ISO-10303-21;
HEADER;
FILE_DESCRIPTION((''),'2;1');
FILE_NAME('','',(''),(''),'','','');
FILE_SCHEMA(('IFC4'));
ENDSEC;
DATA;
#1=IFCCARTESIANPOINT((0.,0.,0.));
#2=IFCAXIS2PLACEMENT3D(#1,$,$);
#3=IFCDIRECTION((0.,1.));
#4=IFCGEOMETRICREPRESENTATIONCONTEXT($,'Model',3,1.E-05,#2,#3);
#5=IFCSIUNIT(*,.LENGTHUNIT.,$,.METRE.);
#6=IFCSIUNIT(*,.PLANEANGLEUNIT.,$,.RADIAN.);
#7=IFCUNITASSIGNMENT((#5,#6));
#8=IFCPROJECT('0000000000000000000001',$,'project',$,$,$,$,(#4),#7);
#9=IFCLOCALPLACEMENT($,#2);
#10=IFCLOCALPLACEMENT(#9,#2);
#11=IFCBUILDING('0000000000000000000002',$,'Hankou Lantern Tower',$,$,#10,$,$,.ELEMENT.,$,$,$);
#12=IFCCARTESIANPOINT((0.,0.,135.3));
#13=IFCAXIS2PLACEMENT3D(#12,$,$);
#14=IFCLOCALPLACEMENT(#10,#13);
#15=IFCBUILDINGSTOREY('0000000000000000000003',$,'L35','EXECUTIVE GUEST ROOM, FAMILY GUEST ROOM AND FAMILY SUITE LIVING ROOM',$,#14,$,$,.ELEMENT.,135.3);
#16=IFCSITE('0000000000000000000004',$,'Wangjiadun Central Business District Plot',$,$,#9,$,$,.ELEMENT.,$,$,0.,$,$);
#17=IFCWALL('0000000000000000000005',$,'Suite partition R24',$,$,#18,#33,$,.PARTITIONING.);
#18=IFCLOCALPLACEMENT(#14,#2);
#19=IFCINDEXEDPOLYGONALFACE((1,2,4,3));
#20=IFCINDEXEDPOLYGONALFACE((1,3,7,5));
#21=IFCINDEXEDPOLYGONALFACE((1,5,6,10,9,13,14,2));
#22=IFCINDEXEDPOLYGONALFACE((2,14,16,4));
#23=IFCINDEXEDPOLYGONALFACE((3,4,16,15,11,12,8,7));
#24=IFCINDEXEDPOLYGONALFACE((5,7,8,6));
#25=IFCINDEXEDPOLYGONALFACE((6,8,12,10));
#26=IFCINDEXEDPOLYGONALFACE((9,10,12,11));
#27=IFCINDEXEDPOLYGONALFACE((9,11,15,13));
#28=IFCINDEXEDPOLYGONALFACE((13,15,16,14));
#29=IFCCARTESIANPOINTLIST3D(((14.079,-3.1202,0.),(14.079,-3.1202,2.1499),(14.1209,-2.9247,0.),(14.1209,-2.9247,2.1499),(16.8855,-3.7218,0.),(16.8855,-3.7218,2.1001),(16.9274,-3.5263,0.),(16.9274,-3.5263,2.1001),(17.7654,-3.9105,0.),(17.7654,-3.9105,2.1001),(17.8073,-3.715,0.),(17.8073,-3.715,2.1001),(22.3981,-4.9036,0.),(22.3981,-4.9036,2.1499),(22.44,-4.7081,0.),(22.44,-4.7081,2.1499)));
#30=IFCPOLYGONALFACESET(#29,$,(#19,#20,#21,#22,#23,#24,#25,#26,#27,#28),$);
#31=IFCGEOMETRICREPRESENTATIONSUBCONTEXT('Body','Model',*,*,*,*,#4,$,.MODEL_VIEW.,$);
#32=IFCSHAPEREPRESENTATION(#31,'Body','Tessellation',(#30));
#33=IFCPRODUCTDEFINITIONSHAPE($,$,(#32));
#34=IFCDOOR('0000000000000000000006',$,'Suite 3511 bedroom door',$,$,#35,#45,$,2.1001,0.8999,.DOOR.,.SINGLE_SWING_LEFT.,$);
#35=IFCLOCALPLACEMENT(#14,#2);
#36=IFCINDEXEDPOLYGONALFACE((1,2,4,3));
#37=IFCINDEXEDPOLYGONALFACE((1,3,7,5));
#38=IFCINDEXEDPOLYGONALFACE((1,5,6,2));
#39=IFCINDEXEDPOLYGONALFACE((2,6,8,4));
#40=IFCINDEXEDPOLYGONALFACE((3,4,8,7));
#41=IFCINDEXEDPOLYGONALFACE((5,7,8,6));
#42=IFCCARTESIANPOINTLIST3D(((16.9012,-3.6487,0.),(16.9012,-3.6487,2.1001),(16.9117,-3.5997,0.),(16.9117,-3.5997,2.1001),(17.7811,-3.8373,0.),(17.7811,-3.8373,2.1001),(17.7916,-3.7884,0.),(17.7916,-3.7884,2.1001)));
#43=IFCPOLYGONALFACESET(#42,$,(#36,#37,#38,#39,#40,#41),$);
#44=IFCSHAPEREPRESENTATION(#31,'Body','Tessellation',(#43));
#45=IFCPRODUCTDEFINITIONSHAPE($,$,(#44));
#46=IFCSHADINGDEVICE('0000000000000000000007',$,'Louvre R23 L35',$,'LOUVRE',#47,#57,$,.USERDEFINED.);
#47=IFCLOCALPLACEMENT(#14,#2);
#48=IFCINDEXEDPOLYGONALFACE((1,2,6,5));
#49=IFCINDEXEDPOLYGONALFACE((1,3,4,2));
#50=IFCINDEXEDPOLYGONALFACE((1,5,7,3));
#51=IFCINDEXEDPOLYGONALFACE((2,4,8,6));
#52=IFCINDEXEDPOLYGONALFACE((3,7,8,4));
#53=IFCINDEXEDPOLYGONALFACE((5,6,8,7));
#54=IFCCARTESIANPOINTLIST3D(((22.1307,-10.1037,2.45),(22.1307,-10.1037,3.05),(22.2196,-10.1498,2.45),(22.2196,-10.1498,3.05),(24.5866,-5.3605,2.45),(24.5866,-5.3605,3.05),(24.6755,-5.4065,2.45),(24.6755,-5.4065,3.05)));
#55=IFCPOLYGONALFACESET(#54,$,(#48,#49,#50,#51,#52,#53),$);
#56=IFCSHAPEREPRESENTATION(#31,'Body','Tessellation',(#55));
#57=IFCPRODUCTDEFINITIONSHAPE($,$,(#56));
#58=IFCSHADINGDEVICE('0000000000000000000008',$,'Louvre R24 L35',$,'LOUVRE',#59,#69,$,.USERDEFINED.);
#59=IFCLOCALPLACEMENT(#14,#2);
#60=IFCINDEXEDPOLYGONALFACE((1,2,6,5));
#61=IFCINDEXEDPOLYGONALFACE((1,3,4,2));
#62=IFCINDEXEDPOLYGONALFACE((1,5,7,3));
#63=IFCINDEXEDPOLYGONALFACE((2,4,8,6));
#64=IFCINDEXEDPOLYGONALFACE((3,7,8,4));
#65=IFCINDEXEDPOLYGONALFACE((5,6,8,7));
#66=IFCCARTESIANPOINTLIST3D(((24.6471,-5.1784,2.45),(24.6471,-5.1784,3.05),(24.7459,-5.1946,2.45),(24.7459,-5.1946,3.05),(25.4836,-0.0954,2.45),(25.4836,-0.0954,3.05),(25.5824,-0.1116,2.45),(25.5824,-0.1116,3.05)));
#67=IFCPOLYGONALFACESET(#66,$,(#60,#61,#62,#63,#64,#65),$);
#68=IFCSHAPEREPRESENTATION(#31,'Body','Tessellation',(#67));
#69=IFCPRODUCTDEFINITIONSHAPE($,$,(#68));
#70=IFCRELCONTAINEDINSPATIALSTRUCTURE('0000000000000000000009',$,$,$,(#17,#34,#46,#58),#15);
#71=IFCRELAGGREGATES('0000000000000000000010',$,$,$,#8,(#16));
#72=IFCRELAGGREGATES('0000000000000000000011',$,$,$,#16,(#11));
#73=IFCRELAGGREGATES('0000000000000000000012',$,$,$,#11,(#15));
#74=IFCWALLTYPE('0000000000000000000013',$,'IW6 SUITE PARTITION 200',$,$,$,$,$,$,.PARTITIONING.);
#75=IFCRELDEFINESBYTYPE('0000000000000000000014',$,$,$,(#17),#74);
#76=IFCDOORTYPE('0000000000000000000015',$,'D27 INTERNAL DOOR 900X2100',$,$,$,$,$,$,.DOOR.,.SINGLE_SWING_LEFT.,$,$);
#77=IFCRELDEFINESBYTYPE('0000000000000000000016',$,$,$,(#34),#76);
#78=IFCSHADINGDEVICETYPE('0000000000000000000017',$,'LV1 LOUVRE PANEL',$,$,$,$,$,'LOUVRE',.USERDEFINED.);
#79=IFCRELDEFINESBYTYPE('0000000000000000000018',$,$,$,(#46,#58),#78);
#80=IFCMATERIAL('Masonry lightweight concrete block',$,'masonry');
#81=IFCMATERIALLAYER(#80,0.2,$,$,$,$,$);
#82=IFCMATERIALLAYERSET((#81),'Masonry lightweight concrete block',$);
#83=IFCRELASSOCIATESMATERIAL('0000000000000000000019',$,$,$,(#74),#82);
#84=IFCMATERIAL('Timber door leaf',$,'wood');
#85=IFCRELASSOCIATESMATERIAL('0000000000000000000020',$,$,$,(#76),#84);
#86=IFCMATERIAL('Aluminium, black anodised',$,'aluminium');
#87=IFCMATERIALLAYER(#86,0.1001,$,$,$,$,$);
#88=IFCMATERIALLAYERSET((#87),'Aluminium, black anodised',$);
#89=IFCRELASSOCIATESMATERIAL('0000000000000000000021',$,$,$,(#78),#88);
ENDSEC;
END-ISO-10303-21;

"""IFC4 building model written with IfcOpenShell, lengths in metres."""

from ifc_helpers import new_model, si_unit, direction, frame, frame_2d, origin, origin_2d, place, context, subcontext, project, spatial, rectangle, extrude, material, layer, layer_set, type_object, element, fill, save


model = new_model("IFC4")

# Units and contexts
model_context = context("Model", 3, precision=1e-05, world=origin(), true_north=direction((0.0, 1.0)))
body_context = subcontext(model_context, "Body", "Model", "MODEL_VIEW")
ifc_project = project(units=[si_unit("LENGTHUNIT", "METRE"), si_unit("PLANEANGLEUNIT", "RADIAN")], contexts=[model_context])

# Site, building, storey
site_placement = place(None, origin())
site = spatial("IfcSite", under=ifc_project, at=site_placement, Name="Wangjiadun Central Business District Plot", CompositionType="ELEMENT", RefElevation=0.0)
building_placement = place(site_placement, origin())
building = spatial("IfcBuilding", under=site, at=building_placement, Name="Hankou Lantern Tower", CompositionType="ELEMENT")
storey_placement = place(building_placement, frame((0.0, 0.0, 135.3)))
storey = spatial("IfcBuildingStorey", under=building, at=storey_placement, Name="L35", Description="EXECUTIVE GUEST ROOM, FAMILY GUEST ROOM AND FAMILY SUITE LIVING ROOM", CompositionType="ELEMENT", Elevation=135.3)

# Wall, opening, door
ifc_material_1 = material(Name="Masonry lightweight concrete block", Category="masonry")
ifc_layer_1 = layer(ifc_material_1, 0.2)
ifc_layer_set_1 = layer_set([ifc_layer_1], Name="Masonry lightweight concrete block")
wall_type_1 = type_object("IfcWallType", Name="IW6 SUITE PARTITION 200", PredefinedType="PARTITIONING", material=ifc_layer_set_1)
wall_1_placement = place(storey_placement, frame((14.1001, -3.0225, 0.0), z_axis=(0.0, 0.0, 1.0), x_axis=(0.977784, -0.209617, 0.0)))
wall_1 = element("IfcWall", 1, at=wall_1_placement, inside=storey, type_object=wall_type_1, Name="Suite partition R24", PredefinedType="PARTITIONING", context=body_context, shape_type="SweptSolid", body=[
    extrude(rectangle(XDim=8.5081, YDim=0.2, at=frame_2d((4.2539, 0.0))), origin(), (0.0, 0.0, 1.0), 2.1499),
])
opening_1_placement = place(wall_1_placement, frame((2.8701, 0.0, 0.0)))
opening_1 = element("IfcOpeningElement", 2, at=opening_1_placement, cuts=wall_1, PredefinedType="OPENING", context=body_context, shape_type="SweptSolid", body=[
    extrude(rectangle(XDim=0.8999, YDim=2.1001, at=frame_2d((0.45, 1.05))), frame((0.0, 0.1099, 0.0), z_axis=(0.0, -1.0, 0.0), x_axis=(1.0, 0.0, 0.0)), (0.0, 0.0, 1.0), 0.22),
])
ifc_material_2 = material(Name="Timber door leaf", Category="wood")
door_type_1 = type_object("IfcDoorType", Name="D27 INTERNAL DOOR 900X2100", OperationType="SINGLE_SWING_LEFT", PredefinedType="DOOR", material=ifc_material_2)
door_1_placement = place(opening_1_placement, origin())
door_1 = element("IfcDoor", 3, at=door_1_placement, inside=storey, type_object=door_type_1, Name="Suite 3511 bedroom door", OperationType="SINGLE_SWING_LEFT", OverallHeight=2.1001, OverallWidth=0.8999, PredefinedType="DOOR", context=body_context, shape_type="SweptSolid", body=[
    extrude(rectangle(XDim=0.8999, YDim=2.1001, at=frame_2d((0.45, 1.05))), frame((0.0, 0.0249, 0.0), z_axis=(0.0, -1.0, 0.0), x_axis=(1.0, 0.0, 0.0)), (0.0, 0.0, 1.0), 0.05),
])
fill(opening_1, door_1)

# Shading devices
ifc_material_3 = material(Name="Aluminium, black anodised", Category="aluminium")
ifc_layer_2 = layer(ifc_material_3, 0.1001)
ifc_layer_set_2 = layer_set([ifc_layer_2], Name="Aluminium, black anodised")
shading_device_type = type_object("IfcShadingDeviceType", Name="LV1 LOUVRE PANEL", ElementType="LOUVRE", PredefinedType="USERDEFINED", material=ifc_layer_set_2)
shading_device_1_placement = place(storey_placement, frame((23.4031, -7.7551, 2.45), z_axis=(0.0, 0.0, 1.0), x_axis=(0.459791, 0.888027, 0.0)))
element("IfcShadingDevice", 4, at=shading_device_1_placement, inside=storey, type_object=shading_device_type, Name="Louvre R23 L35", ObjectType="LOUVRE", PredefinedType="USERDEFINED", context=body_context, shape_type="SweptSolid", body=[
    extrude(rectangle(XDim=5.3413, YDim=0.1001, at=origin_2d()), origin(), (0.0, 0.0, 1.0), 0.6001),
])
shading_device_2_placement = place(storey_placement, frame((25.1147, -2.645, 2.45), z_axis=(0.0, 0.0, 1.0), x_axis=(0.162382, 0.986728, 0.0)))
element("IfcShadingDevice", 5, at=shading_device_2_placement, inside=storey, type_object=shading_device_type, Name="Louvre R24 L35", ObjectType="LOUVRE", PredefinedType="USERDEFINED", context=body_context, shape_type="SweptSolid", body=[
    extrude(rectangle(XDim=5.1514, YDim=0.1001, at=origin_2d()), origin(), (0.0, 0.0, 1.0), 0.6001),
])

save(model, "model.ifc")
